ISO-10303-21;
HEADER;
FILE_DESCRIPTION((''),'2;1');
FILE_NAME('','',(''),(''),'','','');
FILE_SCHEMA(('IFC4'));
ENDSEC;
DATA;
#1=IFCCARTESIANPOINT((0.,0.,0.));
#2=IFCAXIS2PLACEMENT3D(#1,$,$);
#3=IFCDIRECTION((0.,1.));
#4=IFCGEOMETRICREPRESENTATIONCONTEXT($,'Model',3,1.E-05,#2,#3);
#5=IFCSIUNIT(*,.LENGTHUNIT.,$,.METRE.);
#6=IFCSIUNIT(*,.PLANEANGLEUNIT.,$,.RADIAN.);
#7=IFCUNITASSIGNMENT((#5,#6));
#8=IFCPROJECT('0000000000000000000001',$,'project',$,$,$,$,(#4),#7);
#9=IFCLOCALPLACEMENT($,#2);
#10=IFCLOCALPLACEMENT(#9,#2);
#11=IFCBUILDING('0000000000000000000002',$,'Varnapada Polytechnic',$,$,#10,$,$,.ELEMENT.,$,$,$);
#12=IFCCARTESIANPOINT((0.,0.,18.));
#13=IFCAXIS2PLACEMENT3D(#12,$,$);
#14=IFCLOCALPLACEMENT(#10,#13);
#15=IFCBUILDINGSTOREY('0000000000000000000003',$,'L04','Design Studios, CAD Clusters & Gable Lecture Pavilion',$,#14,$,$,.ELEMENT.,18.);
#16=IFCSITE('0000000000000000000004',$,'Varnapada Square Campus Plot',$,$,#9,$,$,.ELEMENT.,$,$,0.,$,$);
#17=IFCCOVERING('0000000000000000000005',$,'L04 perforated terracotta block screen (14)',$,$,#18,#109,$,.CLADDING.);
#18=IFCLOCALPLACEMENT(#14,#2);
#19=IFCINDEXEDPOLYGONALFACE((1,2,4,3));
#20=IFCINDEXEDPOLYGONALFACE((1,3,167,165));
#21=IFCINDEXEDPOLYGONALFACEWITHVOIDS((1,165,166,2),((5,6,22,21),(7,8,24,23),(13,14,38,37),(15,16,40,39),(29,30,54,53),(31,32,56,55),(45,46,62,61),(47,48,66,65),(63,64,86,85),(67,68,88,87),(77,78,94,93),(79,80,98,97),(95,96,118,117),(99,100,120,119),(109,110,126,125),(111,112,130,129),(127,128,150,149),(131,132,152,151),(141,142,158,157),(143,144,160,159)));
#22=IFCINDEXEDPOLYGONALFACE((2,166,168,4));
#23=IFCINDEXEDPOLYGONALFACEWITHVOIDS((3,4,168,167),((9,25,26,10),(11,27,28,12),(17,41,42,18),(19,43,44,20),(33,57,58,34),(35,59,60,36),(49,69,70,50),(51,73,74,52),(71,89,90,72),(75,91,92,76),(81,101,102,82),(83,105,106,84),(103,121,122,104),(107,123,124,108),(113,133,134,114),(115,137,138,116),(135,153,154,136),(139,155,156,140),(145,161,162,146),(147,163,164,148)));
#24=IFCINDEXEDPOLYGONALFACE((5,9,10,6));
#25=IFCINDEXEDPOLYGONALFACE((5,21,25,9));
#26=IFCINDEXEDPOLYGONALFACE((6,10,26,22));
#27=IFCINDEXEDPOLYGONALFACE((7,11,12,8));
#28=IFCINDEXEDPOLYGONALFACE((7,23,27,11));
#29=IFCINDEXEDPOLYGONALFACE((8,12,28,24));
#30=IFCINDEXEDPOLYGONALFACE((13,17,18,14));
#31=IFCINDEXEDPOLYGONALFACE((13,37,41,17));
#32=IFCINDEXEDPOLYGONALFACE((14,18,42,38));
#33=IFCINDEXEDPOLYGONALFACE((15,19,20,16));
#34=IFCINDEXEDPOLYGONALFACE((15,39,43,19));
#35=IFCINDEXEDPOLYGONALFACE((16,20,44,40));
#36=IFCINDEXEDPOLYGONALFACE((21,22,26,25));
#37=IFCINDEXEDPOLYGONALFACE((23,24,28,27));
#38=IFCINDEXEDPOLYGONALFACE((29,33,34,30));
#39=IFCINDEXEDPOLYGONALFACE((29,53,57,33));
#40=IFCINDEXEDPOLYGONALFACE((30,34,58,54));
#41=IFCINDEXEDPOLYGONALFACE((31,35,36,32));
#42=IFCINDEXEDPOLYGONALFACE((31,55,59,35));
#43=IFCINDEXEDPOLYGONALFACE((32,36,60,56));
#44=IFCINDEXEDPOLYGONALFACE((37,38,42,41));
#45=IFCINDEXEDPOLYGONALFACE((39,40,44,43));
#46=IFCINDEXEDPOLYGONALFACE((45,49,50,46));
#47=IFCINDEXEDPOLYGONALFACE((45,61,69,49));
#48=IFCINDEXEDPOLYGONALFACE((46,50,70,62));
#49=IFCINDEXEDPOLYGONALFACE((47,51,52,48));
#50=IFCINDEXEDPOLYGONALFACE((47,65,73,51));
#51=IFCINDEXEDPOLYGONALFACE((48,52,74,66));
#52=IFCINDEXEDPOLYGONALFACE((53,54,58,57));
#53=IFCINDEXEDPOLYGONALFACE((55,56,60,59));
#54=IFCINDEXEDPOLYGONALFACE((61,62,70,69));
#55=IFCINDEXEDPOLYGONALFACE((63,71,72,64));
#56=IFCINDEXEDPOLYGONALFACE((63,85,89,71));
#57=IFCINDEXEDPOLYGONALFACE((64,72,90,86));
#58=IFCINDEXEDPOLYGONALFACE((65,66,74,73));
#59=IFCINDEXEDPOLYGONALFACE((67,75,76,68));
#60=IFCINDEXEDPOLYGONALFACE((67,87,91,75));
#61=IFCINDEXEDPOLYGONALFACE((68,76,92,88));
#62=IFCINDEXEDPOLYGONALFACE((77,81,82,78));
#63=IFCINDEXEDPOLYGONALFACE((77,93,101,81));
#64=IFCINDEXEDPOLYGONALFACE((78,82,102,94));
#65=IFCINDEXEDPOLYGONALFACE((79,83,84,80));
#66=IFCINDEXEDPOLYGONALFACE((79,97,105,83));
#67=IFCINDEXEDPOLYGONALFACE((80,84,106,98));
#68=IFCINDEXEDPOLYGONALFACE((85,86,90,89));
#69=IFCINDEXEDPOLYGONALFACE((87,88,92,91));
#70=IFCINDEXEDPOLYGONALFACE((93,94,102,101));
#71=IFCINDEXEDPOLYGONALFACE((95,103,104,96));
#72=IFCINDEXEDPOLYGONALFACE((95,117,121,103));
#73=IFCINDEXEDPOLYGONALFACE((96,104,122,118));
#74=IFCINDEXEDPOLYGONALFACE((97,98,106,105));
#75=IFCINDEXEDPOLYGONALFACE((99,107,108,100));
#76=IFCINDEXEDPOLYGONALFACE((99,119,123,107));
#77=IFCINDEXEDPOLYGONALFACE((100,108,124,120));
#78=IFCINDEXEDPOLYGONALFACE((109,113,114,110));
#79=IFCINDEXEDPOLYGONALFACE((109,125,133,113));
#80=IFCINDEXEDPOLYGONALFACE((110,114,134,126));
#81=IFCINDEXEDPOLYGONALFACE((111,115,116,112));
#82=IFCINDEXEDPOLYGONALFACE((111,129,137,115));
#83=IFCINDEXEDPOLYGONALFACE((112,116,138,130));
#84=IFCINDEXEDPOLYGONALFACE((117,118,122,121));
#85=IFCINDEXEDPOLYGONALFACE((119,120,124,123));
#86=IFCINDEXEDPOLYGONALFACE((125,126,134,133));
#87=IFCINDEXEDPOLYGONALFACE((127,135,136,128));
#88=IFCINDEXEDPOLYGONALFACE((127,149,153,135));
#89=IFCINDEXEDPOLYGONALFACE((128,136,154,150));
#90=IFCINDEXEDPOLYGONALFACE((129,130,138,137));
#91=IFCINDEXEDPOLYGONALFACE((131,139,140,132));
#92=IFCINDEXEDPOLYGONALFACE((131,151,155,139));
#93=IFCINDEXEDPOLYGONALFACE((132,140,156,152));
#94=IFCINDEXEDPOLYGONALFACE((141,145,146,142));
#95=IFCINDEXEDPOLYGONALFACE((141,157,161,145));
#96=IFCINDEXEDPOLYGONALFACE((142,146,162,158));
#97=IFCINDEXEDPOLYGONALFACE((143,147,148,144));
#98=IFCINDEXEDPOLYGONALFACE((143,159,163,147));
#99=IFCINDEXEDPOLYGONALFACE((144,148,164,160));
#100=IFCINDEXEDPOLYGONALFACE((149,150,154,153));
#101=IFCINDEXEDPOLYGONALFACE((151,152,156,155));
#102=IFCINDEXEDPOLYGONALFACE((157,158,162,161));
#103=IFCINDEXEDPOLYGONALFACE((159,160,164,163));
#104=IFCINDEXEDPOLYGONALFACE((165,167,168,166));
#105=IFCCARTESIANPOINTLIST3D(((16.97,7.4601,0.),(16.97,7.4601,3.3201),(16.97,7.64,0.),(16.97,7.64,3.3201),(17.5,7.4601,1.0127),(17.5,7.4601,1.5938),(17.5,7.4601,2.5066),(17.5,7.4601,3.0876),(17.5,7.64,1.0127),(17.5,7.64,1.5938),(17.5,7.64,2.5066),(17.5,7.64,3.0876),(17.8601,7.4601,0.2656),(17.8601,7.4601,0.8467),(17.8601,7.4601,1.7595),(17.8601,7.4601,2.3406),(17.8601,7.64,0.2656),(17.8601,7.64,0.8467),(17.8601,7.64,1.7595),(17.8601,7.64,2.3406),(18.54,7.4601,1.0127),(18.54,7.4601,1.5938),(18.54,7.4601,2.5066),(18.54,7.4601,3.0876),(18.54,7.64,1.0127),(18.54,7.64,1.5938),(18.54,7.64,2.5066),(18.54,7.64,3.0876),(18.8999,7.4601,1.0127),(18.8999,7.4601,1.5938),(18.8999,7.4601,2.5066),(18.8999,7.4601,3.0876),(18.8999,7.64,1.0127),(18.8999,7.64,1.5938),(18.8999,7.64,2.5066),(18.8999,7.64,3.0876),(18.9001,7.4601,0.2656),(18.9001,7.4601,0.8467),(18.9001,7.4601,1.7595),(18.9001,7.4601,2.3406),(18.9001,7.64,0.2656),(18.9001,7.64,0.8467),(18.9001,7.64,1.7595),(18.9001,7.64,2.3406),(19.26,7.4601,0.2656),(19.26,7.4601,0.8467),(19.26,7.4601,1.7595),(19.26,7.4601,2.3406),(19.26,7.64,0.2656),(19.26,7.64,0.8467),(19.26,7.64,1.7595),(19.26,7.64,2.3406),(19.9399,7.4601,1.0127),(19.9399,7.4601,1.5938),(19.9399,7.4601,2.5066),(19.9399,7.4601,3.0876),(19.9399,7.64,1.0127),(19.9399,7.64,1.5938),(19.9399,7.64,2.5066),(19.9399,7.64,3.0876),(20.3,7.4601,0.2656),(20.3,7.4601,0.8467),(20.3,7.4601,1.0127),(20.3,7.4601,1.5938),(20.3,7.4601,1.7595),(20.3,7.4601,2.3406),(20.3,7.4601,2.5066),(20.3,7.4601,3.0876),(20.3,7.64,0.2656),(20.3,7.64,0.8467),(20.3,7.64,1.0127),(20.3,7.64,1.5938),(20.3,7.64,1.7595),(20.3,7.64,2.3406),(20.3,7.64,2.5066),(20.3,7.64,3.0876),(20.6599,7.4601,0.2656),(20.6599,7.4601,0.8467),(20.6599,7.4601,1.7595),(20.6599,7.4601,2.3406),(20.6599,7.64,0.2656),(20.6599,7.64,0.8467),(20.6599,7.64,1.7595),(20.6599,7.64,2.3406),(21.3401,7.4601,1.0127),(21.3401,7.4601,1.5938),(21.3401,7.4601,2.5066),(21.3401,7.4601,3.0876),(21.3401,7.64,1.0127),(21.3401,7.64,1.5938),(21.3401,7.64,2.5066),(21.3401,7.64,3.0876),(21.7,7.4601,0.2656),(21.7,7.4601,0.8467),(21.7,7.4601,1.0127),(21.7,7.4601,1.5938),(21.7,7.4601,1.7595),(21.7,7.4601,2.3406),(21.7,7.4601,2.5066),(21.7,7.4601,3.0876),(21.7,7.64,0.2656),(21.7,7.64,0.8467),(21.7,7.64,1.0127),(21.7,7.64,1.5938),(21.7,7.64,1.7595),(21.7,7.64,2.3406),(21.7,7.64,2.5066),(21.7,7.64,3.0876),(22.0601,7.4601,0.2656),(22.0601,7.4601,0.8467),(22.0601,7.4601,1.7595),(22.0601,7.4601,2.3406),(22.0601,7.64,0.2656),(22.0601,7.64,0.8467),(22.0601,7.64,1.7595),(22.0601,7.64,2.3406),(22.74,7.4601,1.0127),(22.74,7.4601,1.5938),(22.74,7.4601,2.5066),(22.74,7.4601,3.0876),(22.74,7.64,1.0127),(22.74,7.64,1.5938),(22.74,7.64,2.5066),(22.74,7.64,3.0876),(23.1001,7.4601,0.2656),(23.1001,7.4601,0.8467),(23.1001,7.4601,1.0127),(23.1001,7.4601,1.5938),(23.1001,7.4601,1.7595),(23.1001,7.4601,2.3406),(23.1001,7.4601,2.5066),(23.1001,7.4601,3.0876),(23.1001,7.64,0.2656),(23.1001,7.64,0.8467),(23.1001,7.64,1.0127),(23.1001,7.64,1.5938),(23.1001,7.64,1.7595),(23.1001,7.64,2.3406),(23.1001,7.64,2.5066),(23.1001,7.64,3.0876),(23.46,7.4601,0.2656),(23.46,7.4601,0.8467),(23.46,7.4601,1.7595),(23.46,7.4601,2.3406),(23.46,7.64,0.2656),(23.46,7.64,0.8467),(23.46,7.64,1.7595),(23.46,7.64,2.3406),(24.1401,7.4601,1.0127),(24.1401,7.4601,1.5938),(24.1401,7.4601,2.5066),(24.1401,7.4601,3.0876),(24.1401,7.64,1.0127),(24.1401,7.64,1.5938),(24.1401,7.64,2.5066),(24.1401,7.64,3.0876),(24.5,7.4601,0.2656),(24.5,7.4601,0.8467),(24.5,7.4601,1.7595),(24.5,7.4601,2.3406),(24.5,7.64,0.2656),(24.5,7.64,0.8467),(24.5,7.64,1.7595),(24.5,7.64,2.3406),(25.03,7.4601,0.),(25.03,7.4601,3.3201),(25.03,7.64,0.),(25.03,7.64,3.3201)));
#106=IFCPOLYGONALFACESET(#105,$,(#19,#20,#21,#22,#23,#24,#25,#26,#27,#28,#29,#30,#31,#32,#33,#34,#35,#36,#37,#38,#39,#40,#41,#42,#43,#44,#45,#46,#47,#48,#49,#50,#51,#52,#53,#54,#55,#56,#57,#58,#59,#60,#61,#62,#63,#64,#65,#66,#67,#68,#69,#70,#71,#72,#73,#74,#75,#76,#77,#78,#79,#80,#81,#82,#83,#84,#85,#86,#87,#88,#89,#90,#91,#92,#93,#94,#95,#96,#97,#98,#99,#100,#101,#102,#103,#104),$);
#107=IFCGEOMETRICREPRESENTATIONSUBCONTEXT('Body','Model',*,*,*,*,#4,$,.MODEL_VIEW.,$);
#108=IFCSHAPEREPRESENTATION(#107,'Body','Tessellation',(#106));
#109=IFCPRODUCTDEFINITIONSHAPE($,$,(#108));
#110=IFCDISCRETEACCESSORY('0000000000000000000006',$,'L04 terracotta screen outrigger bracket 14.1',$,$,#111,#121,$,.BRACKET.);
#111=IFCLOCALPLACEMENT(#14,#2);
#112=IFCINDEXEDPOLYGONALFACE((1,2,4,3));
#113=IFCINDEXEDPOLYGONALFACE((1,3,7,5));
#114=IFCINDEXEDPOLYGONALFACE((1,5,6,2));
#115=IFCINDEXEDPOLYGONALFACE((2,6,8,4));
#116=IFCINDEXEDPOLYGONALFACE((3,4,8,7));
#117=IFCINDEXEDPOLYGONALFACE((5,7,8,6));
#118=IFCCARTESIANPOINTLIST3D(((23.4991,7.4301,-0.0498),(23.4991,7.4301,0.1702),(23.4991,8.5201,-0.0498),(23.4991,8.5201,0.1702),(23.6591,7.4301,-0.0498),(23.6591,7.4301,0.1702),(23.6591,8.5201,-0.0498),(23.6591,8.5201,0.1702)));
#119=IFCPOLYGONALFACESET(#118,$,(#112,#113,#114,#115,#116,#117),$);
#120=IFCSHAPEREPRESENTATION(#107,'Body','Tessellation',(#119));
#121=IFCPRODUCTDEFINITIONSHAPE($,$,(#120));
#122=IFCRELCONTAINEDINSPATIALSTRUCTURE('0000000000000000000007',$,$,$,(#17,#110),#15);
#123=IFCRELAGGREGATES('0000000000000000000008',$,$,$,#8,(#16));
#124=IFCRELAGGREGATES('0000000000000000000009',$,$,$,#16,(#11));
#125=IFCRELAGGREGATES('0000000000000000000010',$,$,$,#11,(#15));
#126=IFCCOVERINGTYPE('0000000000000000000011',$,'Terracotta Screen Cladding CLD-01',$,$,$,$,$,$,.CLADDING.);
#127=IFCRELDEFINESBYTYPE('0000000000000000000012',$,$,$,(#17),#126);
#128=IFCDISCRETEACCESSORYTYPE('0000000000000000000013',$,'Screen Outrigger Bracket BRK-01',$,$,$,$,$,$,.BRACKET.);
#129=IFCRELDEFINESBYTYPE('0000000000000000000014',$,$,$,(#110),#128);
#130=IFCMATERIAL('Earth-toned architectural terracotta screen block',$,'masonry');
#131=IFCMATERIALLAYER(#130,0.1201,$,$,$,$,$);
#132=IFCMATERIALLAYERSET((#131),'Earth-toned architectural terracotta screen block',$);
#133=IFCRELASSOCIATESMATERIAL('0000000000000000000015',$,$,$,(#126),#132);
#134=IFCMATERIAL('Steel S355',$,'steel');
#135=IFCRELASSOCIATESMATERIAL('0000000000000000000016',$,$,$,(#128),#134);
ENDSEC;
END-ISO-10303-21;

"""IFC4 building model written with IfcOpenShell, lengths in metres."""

from ifc_helpers import new_model, si_unit, direction, frame, frame_2d, origin, origin_2d, place, context, subcontext, project, spatial, rectangle, extrude, material, layer, layer_set, type_object, element, save


model = new_model("IFC4")

# Units and contexts
model_context = context("Model", 3, precision=1e-05, world=origin(), true_north=direction((0.0, 1.0)))
body_context = subcontext(model_context, "Body", "Model", "MODEL_VIEW")
ifc_project = project(units=[si_unit("LENGTHUNIT", "METRE"), si_unit("PLANEANGLEUNIT", "RADIAN")], contexts=[model_context])

# Site, building, storey
site_placement = place(None, origin())
site = spatial("IfcSite", under=ifc_project, at=site_placement, Name="Varnapada Square Campus Plot", CompositionType="ELEMENT", RefElevation=0.0)
building_placement = place(site_placement, origin())
building = spatial("IfcBuilding", under=site, at=building_placement, Name="Varnapada Polytechnic", CompositionType="ELEMENT")
storey_placement = place(building_placement, frame((0.0, 0.0, 18.0)))
storey = spatial("IfcBuildingStorey", under=building, at=storey_placement, Name="L04", Description="Design Studios, CAD Clusters & Gable Lecture Pavilion", CompositionType="ELEMENT", Elevation=18.0)

# Covering, openings
ifc_material_1 = material(Name="Earth-toned architectural terracotta screen block", Category="masonry")
ifc_layer_1 = layer(ifc_material_1, 0.1201)
ifc_layer_set_1 = layer_set([ifc_layer_1], Name="Earth-toned architectural terracotta screen block")
covering_type_1 = type_object("IfcCoveringType", Name="Terracotta Screen Cladding CLD-01", PredefinedType="CLADDING", material=ifc_layer_set_1)
covering_1_placement = place(storey_placement, frame((25.03, 7.55, 0.0), z_axis=(0.0, 0.0, 1.0), x_axis=(-1.0, 0.0, 0.0)))
covering_1 = element("IfcCovering", 1, at=covering_1_placement, inside=storey, type_object=covering_type_1, Name="L04 perforated terracotta block screen (14)", PredefinedType="CLADDING", context=body_context, shape_type="SweptSolid", body=[
    extrude(rectangle(XDim=8.0601, YDim=0.1799, at=frame_2d((4.03, 0.0))), origin(), (0.0, 0.0, 1.0), 3.3201),
])
opening_1_placement = place(covering_1_placement, frame((0.53, 0.0, 0.2656)))
element("IfcOpeningElement", 2, at=opening_1_placement, cuts=covering_1, PredefinedType="OPENING", context=body_context, shape_type="SweptSolid", body=[
    extrude(rectangle(XDim=1.04, YDim=0.5811, at=frame_2d((0.52, 0.2905))), frame((0.0, 0.0999, 0.0), z_axis=(0.0, -1.0, 0.0), x_axis=(1.0, 0.0, 0.0)), (0.0, 0.0, 1.0), 0.2),
])
opening_2_placement = place(covering_1_placement, frame((1.9299, 0.0, 0.2656)))
element("IfcOpeningElement", 3, at=opening_2_placement, cuts=covering_1, PredefinedType="OPENING", context=body_context, shape_type="SweptSolid", body=[
    extrude(rectangle(XDim=1.04, YDim=0.5811, at=frame_2d((0.52, 0.2905))), frame((0.0, 0.0999, 0.0), z_axis=(0.0, -1.0, 0.0), x_axis=(1.0, 0.0, 0.0)), (0.0, 0.0, 1.0), 0.2),
])
opening_3_placement = place(covering_1_placement, frame((3.3301, 0.0, 0.2656)))
element("IfcOpeningElement", 4, at=opening_3_placement, cuts=covering_1, PredefinedType="OPENING", context=body_context, shape_type="SweptSolid", body=[
    extrude(rectangle(XDim=1.04, YDim=0.5811, at=frame_2d((0.52, 0.2905))), frame((0.0, 0.0999, 0.0), z_axis=(0.0, -1.0, 0.0), x_axis=(1.0, 0.0, 0.0)), (0.0, 0.0, 1.0), 0.2),
])
opening_4_placement = place(covering_1_placement, frame((4.73, 0.0, 0.2656)))
element("IfcOpeningElement", 5, at=opening_4_placement, cuts=covering_1, PredefinedType="OPENING", context=body_context, shape_type="SweptSolid", body=[
    extrude(rectangle(XDim=1.04, YDim=0.5811, at=frame_2d((0.52, 0.2905))), frame((0.0, 0.0999, 0.0), z_axis=(0.0, -1.0, 0.0), x_axis=(1.0, 0.0, 0.0)), (0.0, 0.0, 1.0), 0.2),
])
opening_5_placement = place(covering_1_placement, frame((6.1299, 0.0, 0.2656)))
element("IfcOpeningElement", 6, at=opening_5_placement, cuts=covering_1, PredefinedType="OPENING", context=body_context, shape_type="SweptSolid", body=[
    extrude(rectangle(XDim=1.04, YDim=0.5811, at=frame_2d((0.52, 0.2905))), frame((0.0, 0.0999, 0.0), z_axis=(0.0, -1.0, 0.0), x_axis=(1.0, 0.0, 0.0)), (0.0, 0.0, 1.0), 0.2),
])
opening_6_placement = place(covering_1_placement, frame((0.8899, 0.0, 1.0127)))
element("IfcOpeningElement", 7, at=opening_6_placement, cuts=covering_1, PredefinedType="OPENING", context=body_context, shape_type="SweptSolid", body=[
    extrude(rectangle(XDim=1.04, YDim=0.5811, at=frame_2d((0.52, 0.2905))), frame((0.0, 0.0999, 0.0), z_axis=(0.0, -1.0, 0.0), x_axis=(1.0, 0.0, 0.0)), (0.0, 0.0, 1.0), 0.2),
])
opening_7_placement = place(covering_1_placement, frame((2.29, 0.0, 1.0127)))
element("IfcOpeningElement", 8, at=opening_7_placement, cuts=covering_1, PredefinedType="OPENING", context=body_context, shape_type="SweptSolid", body=[
    extrude(rectangle(XDim=1.04, YDim=0.5811, at=frame_2d((0.52, 0.2905))), frame((0.0, 0.0999, 0.0), z_axis=(0.0, -1.0, 0.0), x_axis=(1.0, 0.0, 0.0)), (0.0, 0.0, 1.0), 0.2),
])
opening_8_placement = place(covering_1_placement, frame((3.6899, 0.0, 1.0127)))
element("IfcOpeningElement", 9, at=opening_8_placement, cuts=covering_1, PredefinedType="OPENING", context=body_context, shape_type="SweptSolid", body=[
    extrude(rectangle(XDim=1.04, YDim=0.5811, at=frame_2d((0.52, 0.2905))), frame((0.0, 0.0999, 0.0), z_axis=(0.0, -1.0, 0.0), x_axis=(1.0, 0.0, 0.0)), (0.0, 0.0, 1.0), 0.2),
])
opening_9_placement = place(covering_1_placement, frame((5.0901, 0.0, 1.0127)))
element("IfcOpeningElement", 10, at=opening_9_placement, cuts=covering_1, PredefinedType="OPENING", context=body_context, shape_type="SweptSolid", body=[
    extrude(rectangle(XDim=1.04, YDim=0.5811, at=frame_2d((0.52, 0.2905))), frame((0.0, 0.0999, 0.0), z_axis=(0.0, -1.0, 0.0), x_axis=(1.0, 0.0, 0.0)), (0.0, 0.0, 1.0), 0.2),
])
opening_10_placement = place(covering_1_placement, frame((6.49, 0.0, 1.0127)))
element("IfcOpeningElement", 11, at=opening_10_placement, cuts=covering_1, PredefinedType="OPENING", context=body_context, shape_type="SweptSolid", body=[
    extrude(rectangle(XDim=1.04, YDim=0.5811, at=frame_2d((0.52, 0.2905))), frame((0.0, 0.0999, 0.0), z_axis=(0.0, -1.0, 0.0), x_axis=(1.0, 0.0, 0.0)), (0.0, 0.0, 1.0), 0.2),
])
opening_11_placement = place(covering_1_placement, frame((0.53, 0.0, 1.7595)))
element("IfcOpeningElement", 12, at=opening_11_placement, cuts=covering_1, PredefinedType="OPENING", context=body_context, shape_type="SweptSolid", body=[
    extrude(rectangle(XDim=1.04, YDim=0.5811, at=frame_2d((0.52, 0.2905))), frame((0.0, 0.0999, 0.0), z_axis=(0.0, -1.0, 0.0), x_axis=(1.0, 0.0, 0.0)), (0.0, 0.0, 1.0), 0.2),
])
opening_12_placement = place(covering_1_placement, frame((1.9299, 0.0, 1.7595)))
element("IfcOpeningElement", 13, at=opening_12_placement, cuts=covering_1, PredefinedType="OPENING", context=body_context, shape_type="SweptSolid", body=[
    extrude(rectangle(XDim=1.04, YDim=0.5811, at=frame_2d((0.52, 0.2905))), frame((0.0, 0.0999, 0.0), z_axis=(0.0, -1.0, 0.0), x_axis=(1.0, 0.0, 0.0)), (0.0, 0.0, 1.0), 0.2),
])
opening_13_placement = place(covering_1_placement, frame((3.3301, 0.0, 1.7595)))
element("IfcOpeningElement", 14, at=opening_13_placement, cuts=covering_1, PredefinedType="OPENING", context=body_context, shape_type="SweptSolid", body=[
    extrude(rectangle(XDim=1.04, YDim=0.5811, at=frame_2d((0.52, 0.2905))), frame((0.0, 0.0999, 0.0), z_axis=(0.0, -1.0, 0.0), x_axis=(1.0, 0.0, 0.0)), (0.0, 0.0, 1.0), 0.2),
])
opening_14_placement = place(covering_1_placement, frame((4.73, 0.0, 1.7595)))
element("IfcOpeningElement", 15, at=opening_14_placement, cuts=covering_1, PredefinedType="OPENING", context=body_context, shape_type="SweptSolid", body=[
    extrude(rectangle(XDim=1.04, YDim=0.5811, at=frame_2d((0.52, 0.2905))), frame((0.0, 0.0999, 0.0), z_axis=(0.0, -1.0, 0.0), x_axis=(1.0, 0.0, 0.0)), (0.0, 0.0, 1.0), 0.2),
])
opening_15_placement = place(covering_1_placement, frame((6.1299, 0.0, 1.7595)))
element("IfcOpeningElement", 16, at=opening_15_placement, cuts=covering_1, PredefinedType="OPENING", context=body_context, shape_type="SweptSolid", body=[
    extrude(rectangle(XDim=1.04, YDim=0.5811, at=frame_2d((0.52, 0.2905))), frame((0.0, 0.0999, 0.0), z_axis=(0.0, -1.0, 0.0), x_axis=(1.0, 0.0, 0.0)), (0.0, 0.0, 1.0), 0.2),
])
opening_16_placement = place(covering_1_placement, frame((0.8899, 0.0, 2.5066)))
element("IfcOpeningElement", 17, at=opening_16_placement, cuts=covering_1, PredefinedType="OPENING", context=body_context, shape_type="SweptSolid", body=[
    extrude(rectangle(XDim=1.04, YDim=0.5811, at=frame_2d((0.52, 0.2905))), frame((0.0, 0.0999, 0.0), z_axis=(0.0, -1.0, 0.0), x_axis=(1.0, 0.0, 0.0)), (0.0, 0.0, 1.0), 0.2),
])
opening_17_placement = place(covering_1_placement, frame((2.29, 0.0, 2.5066)))
element("IfcOpeningElement", 18, at=opening_17_placement, cuts=covering_1, PredefinedType="OPENING", context=body_context, shape_type="SweptSolid", body=[
    extrude(rectangle(XDim=1.04, YDim=0.5811, at=frame_2d((0.52, 0.2905))), frame((0.0, 0.0999, 0.0), z_axis=(0.0, -1.0, 0.0), x_axis=(1.0, 0.0, 0.0)), (0.0, 0.0, 1.0), 0.2),
])
opening_18_placement = place(covering_1_placement, frame((3.6899, 0.0, 2.5066)))
element("IfcOpeningElement", 19, at=opening_18_placement, cuts=covering_1, PredefinedType="OPENING", context=body_context, shape_type="SweptSolid", body=[
    extrude(rectangle(XDim=1.04, YDim=0.5811, at=frame_2d((0.52, 0.2905))), frame((0.0, 0.0999, 0.0), z_axis=(0.0, -1.0, 0.0), x_axis=(1.0, 0.0, 0.0)), (0.0, 0.0, 1.0), 0.2),
])
opening_19_placement = place(covering_1_placement, frame((5.0901, 0.0, 2.5066)))
element("IfcOpeningElement", 20, at=opening_19_placement, cuts=covering_1, PredefinedType="OPENING", context=body_context, shape_type="SweptSolid", body=[
    extrude(rectangle(XDim=1.04, YDim=0.5811, at=frame_2d((0.52, 0.2905))), frame((0.0, 0.0999, 0.0), z_axis=(0.0, -1.0, 0.0), x_axis=(1.0, 0.0, 0.0)), (0.0, 0.0, 1.0), 0.2),
])
opening_20_placement = place(covering_1_placement, frame((6.49, 0.0, 2.5066)))
element("IfcOpeningElement", 21, at=opening_20_placement, cuts=covering_1, PredefinedType="OPENING", context=body_context, shape_type="SweptSolid", body=[
    extrude(rectangle(XDim=1.04, YDim=0.5811, at=frame_2d((0.52, 0.2905))), frame((0.0, 0.0999, 0.0), z_axis=(0.0, -1.0, 0.0), x_axis=(1.0, 0.0, 0.0)), (0.0, 0.0, 1.0), 0.2),
])

# Discrete accessory
ifc_material_2 = material(Name="Steel S355", Category="steel")
discrete_accessory_type = type_object("IfcDiscreteAccessoryType", Name="Screen Outrigger Bracket BRK-01", PredefinedType="BRACKET", material=ifc_material_2)
discrete_accessory_placement = place(storey_placement, frame((23.5791, 7.9751, -0.0498), z_axis=(0.0, 0.0, 1.0), x_axis=(-1.0, 0.0, 0.0)))
element("IfcDiscreteAccessory", 22, at=discrete_accessory_placement, inside=storey, type_object=discrete_accessory_type, Name="L04 terracotta screen outrigger bracket 14.1", PredefinedType="BRACKET", context=body_context, shape_type="SweptSolid", body=[
    extrude(rectangle(XDim=0.1599, YDim=1.0901, at=origin_2d()), origin(), (0.0, 0.0, 1.0), 0.22),
])

save(model, "model.ifc")
